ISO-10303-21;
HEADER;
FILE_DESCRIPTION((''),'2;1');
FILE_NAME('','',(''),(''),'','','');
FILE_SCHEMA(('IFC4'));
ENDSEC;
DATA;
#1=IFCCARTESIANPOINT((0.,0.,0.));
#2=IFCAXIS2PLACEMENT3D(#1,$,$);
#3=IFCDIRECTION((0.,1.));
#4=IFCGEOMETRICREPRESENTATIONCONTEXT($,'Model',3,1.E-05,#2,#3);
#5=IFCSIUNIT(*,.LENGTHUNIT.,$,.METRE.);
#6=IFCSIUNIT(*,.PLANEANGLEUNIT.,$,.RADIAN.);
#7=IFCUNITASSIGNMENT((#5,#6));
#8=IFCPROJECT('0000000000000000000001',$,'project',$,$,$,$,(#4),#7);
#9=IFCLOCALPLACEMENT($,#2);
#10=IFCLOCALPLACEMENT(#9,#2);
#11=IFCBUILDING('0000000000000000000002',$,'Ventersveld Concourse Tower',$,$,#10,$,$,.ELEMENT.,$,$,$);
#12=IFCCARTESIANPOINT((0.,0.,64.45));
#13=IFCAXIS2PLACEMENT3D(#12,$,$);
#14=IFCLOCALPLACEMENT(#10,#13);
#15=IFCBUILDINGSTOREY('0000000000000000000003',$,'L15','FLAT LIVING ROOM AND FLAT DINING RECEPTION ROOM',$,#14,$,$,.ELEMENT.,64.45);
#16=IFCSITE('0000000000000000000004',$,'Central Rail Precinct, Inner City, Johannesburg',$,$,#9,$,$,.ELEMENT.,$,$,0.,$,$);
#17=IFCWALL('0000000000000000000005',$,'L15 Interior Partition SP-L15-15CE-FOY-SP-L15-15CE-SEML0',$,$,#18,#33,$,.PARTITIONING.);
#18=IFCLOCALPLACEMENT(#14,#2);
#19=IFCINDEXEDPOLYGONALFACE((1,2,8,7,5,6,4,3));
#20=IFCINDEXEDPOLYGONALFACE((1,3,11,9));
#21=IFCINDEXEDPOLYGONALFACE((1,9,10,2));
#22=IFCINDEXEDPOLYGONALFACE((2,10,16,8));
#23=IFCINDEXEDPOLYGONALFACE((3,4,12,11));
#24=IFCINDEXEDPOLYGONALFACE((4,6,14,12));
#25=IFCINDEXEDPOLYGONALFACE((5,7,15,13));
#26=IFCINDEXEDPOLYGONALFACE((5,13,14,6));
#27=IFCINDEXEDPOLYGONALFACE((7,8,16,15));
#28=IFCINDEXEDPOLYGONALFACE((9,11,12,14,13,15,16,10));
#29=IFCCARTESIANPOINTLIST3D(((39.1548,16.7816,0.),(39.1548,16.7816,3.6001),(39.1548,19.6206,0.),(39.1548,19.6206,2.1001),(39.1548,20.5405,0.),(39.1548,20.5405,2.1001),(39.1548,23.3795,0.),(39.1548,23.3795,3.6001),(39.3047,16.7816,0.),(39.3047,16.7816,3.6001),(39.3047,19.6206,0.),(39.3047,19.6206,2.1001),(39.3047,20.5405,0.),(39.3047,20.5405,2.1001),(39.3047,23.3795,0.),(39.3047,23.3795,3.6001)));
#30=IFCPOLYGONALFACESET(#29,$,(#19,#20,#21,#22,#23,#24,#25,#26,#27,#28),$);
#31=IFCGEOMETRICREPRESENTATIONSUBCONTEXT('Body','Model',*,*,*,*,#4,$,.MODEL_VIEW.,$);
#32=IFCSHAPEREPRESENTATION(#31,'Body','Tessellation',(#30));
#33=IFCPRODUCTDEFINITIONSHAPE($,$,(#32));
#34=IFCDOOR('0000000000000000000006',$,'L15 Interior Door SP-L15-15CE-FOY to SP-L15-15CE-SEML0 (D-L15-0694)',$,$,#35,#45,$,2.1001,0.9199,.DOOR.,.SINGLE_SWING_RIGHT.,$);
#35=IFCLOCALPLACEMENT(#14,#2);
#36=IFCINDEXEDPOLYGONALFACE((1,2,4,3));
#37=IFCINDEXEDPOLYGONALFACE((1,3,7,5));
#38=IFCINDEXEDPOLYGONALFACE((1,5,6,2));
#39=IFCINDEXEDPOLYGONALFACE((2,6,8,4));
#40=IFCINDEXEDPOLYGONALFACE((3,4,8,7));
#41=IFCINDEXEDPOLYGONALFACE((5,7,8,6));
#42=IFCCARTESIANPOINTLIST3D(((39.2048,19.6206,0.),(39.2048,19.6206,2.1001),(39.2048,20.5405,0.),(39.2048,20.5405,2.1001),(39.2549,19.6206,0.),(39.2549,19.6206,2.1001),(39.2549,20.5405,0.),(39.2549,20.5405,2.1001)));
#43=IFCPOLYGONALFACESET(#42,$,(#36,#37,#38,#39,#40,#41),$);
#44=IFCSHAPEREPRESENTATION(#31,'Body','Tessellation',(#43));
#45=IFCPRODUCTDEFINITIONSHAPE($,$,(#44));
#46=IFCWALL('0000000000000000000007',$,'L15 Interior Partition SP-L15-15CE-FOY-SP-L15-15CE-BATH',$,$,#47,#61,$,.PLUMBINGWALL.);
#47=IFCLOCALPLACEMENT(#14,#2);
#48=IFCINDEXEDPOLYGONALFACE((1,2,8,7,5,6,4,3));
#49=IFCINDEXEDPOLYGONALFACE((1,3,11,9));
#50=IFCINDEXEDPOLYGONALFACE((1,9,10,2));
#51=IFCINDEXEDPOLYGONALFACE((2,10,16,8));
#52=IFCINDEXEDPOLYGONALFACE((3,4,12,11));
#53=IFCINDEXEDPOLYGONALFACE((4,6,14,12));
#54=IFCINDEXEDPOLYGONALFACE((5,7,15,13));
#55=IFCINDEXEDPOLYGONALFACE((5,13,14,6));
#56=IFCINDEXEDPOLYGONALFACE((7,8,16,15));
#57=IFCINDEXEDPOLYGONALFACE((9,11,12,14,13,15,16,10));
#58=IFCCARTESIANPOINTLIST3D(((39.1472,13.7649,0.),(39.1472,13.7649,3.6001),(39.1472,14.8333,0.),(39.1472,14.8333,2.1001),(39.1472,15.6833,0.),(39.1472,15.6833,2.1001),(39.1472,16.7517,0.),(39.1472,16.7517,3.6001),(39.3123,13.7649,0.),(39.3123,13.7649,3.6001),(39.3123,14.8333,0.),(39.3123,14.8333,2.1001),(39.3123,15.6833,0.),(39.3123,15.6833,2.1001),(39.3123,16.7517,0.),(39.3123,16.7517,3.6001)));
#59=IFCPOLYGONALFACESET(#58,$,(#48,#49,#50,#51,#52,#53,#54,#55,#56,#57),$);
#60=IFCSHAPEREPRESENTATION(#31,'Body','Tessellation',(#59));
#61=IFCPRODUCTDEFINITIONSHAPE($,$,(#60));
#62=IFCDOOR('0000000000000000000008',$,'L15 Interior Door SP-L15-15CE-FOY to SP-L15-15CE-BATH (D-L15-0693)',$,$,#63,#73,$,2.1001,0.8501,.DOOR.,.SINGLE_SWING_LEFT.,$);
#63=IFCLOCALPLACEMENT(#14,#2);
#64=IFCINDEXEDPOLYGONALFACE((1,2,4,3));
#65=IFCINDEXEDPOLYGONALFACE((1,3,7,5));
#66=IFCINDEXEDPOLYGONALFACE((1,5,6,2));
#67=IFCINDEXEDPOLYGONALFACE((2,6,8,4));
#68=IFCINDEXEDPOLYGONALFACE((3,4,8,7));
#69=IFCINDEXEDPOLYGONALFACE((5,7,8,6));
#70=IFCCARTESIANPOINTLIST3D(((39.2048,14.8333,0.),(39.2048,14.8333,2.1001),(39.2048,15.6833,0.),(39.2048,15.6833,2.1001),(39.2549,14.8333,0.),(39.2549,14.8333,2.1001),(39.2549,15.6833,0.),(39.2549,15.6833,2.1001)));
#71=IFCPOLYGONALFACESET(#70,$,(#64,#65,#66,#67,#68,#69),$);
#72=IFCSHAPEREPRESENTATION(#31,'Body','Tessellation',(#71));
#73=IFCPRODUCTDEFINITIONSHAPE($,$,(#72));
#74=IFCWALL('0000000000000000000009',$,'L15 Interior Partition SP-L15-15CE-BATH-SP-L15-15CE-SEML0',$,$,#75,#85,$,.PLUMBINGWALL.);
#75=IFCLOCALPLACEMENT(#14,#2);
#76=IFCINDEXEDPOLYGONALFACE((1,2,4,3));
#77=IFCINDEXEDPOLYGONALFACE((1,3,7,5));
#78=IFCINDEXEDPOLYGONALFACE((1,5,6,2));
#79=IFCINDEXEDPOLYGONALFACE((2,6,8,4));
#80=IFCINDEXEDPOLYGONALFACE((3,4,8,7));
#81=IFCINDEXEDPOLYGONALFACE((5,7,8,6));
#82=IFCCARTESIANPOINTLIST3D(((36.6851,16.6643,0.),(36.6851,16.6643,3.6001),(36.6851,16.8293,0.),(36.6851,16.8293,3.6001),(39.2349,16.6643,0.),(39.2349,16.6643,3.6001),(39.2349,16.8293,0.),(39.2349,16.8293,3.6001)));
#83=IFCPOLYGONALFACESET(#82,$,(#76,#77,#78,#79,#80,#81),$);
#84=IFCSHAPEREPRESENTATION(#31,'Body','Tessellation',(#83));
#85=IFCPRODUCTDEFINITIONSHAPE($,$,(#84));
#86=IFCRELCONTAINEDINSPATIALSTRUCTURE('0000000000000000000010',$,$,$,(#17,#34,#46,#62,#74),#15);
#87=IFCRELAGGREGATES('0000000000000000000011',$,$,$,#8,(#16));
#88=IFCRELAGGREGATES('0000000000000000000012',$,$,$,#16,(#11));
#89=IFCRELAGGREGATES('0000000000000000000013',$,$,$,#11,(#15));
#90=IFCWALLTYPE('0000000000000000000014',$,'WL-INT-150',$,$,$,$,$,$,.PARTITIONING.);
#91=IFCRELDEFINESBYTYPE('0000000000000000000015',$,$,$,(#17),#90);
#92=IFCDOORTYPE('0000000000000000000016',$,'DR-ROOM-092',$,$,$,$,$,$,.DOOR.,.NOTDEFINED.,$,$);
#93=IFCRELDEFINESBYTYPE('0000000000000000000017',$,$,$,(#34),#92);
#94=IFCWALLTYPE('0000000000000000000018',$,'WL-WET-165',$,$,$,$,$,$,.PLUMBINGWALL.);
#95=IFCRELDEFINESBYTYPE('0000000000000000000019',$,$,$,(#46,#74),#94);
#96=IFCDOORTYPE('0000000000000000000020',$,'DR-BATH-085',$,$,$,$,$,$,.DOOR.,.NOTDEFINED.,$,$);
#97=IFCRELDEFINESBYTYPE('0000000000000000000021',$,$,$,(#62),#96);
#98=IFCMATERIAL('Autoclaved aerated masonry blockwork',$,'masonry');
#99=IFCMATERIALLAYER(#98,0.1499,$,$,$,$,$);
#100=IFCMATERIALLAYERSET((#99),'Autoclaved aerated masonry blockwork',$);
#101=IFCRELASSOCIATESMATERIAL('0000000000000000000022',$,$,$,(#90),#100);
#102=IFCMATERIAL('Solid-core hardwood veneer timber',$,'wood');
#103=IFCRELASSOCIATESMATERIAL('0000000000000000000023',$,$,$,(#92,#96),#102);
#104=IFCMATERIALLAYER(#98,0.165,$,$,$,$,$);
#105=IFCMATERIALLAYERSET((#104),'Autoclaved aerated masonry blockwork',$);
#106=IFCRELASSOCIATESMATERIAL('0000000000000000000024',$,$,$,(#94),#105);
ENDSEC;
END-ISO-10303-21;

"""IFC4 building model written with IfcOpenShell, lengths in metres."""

from ifc_helpers import new_model, si_unit, direction, frame, frame_2d, origin, place, context, subcontext, project, spatial, rectangle, extrude, material, layer, layer_set, type_object, element, fill, save


model = new_model("IFC4")

# Units and contexts
model_context = context("Model", 3, precision=1e-05, world=origin(), true_north=direction((0.0, 1.0)))
body_context = subcontext(model_context, "Body", "Model", "MODEL_VIEW")
ifc_project = project(units=[si_unit("LENGTHUNIT", "METRE"), si_unit("PLANEANGLEUNIT", "RADIAN")], contexts=[model_context])

# Site, building, storey
site_placement = place(None, origin())
site = spatial("IfcSite", under=ifc_project, at=site_placement, Name="Central Rail Precinct, Inner City, Johannesburg", CompositionType="ELEMENT", RefElevation=0.0)
building_placement = place(site_placement, origin())
building = spatial("IfcBuilding", under=site, at=building_placement, Name="Ventersveld Concourse Tower", CompositionType="ELEMENT")
storey_placement = place(building_placement, frame((0.0, 0.0, 64.45)))
storey = spatial("IfcBuildingStorey", under=building, at=storey_placement, Name="L15", Description="FLAT LIVING ROOM AND FLAT DINING RECEPTION ROOM", CompositionType="ELEMENT", Elevation=64.45)

# Shared definitions
ifc_material_1 = material(Name="Solid-core hardwood veneer timber", Category="wood")

# Walls, openings, doors
ifc_material_2 = material(Name="Autoclaved aerated masonry blockwork", Category="masonry")
ifc_layer_1 = layer(ifc_material_2, 0.1499)
ifc_layer_set_1 = layer_set([ifc_layer_1], Name="Autoclaved aerated masonry blockwork")
wall_type_1 = type_object("IfcWallType", Name="WL-INT-150", PredefinedType="PARTITIONING", material=ifc_layer_set_1)
wall_1_placement = place(storey_placement, frame((39.2297, 16.7817, 0.0), z_axis=(0.0, 0.0, 1.0), x_axis=(0.0, 1.0, 0.0)))
wall_1 = element("IfcWall", 1, at=wall_1_placement, inside=storey, type_object=wall_type_1, Name="L15 Interior Partition SP-L15-15CE-FOY-SP-L15-15CE-SEML0", PredefinedType="PARTITIONING", context=body_context, shape_type="SweptSolid", body=[
    extrude(rectangle(XDim=6.5979, YDim=0.1499, at=frame_2d((3.2988, 0.0))), origin(), (0.0, 0.0, 1.0), 3.6001),
])
opening_1_placement = place(wall_1_placement, frame((2.8389, 0.0, 0.0)))
opening_1 = element("IfcOpeningElement", 2, at=opening_1_placement, cuts=wall_1, PredefinedType="OPENING", context=body_context, shape_type="SweptSolid", body=[
    extrude(rectangle(XDim=0.9199, YDim=2.1001, at=frame_2d((0.46, 1.05))), frame((0.0, 0.085, 0.0), z_axis=(0.0, -1.0, 0.0), x_axis=(1.0, 0.0, 0.0)), (0.0, 0.0, 1.0), 0.1699),
])
door_type_1 = type_object("IfcDoorType", Name="DR-ROOM-092", OperationType="NOTDEFINED", PredefinedType="DOOR", material=ifc_material_1)
door_1_placement = place(opening_1_placement, origin())
door_1 = element("IfcDoor", 3, at=door_1_placement, inside=storey, type_object=door_type_1, Name="L15 Interior Door SP-L15-15CE-FOY to SP-L15-15CE-SEML0 (D-L15-0694)", OperationType="SINGLE_SWING_RIGHT", OverallHeight=2.1001, OverallWidth=0.9199, PredefinedType="DOOR", context=body_context, shape_type="SweptSolid", body=[
    extrude(rectangle(XDim=0.9199, YDim=2.1001, at=frame_2d((0.46, 1.05))), frame((0.0, 0.0249, 0.0), z_axis=(0.0, -1.0, 0.0), x_axis=(1.0, 0.0, 0.0)), (0.0, 0.0, 1.0), 0.05),
])
fill(opening_1, door_1)
ifc_layer_2 = layer(ifc_material_2, 0.165)
ifc_layer_set_2 = layer_set([ifc_layer_2], Name="Autoclaved aerated masonry blockwork")
wall_type_2 = type_object("IfcWallType", Name="WL-WET-165", PredefinedType="PLUMBINGWALL", material=ifc_layer_set_2)
wall_2_placement = place(storey_placement, frame((39.2297, 13.7649, 0.0), z_axis=(0.0, 0.0, 1.0), x_axis=(0.0, 1.0, 0.0)))
wall_2 = element("IfcWall", 4, at=wall_2_placement, inside=storey, type_object=wall_type_2, Name="L15 Interior Partition SP-L15-15CE-FOY-SP-L15-15CE-BATH", PredefinedType="PLUMBINGWALL", context=body_context, shape_type="SweptSolid", body=[
    extrude(rectangle(XDim=2.9868, YDim=0.165, at=frame_2d((1.4934, 0.0))), origin(), (0.0, 0.0, 1.0), 3.6001),
])
opening_2_placement = place(wall_2_placement, frame((1.0684, 0.0, 0.0)))
opening_2 = element("IfcOpeningElement", 5, at=opening_2_placement, cuts=wall_2, PredefinedType="OPENING", context=body_context, shape_type="SweptSolid", body=[
    extrude(rectangle(XDim=0.8501, YDim=2.1001, at=frame_2d((0.425, 1.05))), frame((0.0, 0.0925, 0.0), z_axis=(0.0, -1.0, 0.0), x_axis=(1.0, 0.0, 0.0)), (0.0, 0.0, 1.0), 0.1851),
])
door_type_2 = type_object("IfcDoorType", Name="DR-BATH-085", OperationType="NOTDEFINED", PredefinedType="DOOR", material=ifc_material_1)
door_2_placement = place(opening_2_placement, origin())
door_2 = element("IfcDoor", 6, at=door_2_placement, inside=storey, type_object=door_type_2, Name="L15 Interior Door SP-L15-15CE-FOY to SP-L15-15CE-BATH (D-L15-0693)", OperationType="SINGLE_SWING_LEFT", OverallHeight=2.1001, OverallWidth=0.8501, PredefinedType="DOOR", context=body_context, shape_type="SweptSolid", body=[
    extrude(rectangle(XDim=0.8501, YDim=2.1001, at=frame_2d((0.425, 1.05))), frame((0.0, 0.0249, 0.0), z_axis=(0.0, -1.0, 0.0), x_axis=(1.0, 0.0, 0.0)), (0.0, 0.0, 1.0), 0.05),
])
fill(opening_2, door_2)

# Wall
wall_3_placement = place(storey_placement, frame((36.6851, 16.7468, 0.0), z_axis=(0.0, 0.0, 1.0), x_axis=(1.0, 0.0, 0.0)))
element("IfcWall", 7, at=wall_3_placement, inside=storey, type_object=wall_type_2, Name="L15 Interior Partition SP-L15-15CE-BATH-SP-L15-15CE-SEML0", PredefinedType="PLUMBINGWALL", context=body_context, shape_type="SweptSolid", body=[
    extrude(rectangle(XDim=2.5498, YDim=0.165, at=frame_2d((1.2749, 0.0))), origin(), (0.0, 0.0, 1.0), 3.6001),
])

save(model, "model.ifc")
